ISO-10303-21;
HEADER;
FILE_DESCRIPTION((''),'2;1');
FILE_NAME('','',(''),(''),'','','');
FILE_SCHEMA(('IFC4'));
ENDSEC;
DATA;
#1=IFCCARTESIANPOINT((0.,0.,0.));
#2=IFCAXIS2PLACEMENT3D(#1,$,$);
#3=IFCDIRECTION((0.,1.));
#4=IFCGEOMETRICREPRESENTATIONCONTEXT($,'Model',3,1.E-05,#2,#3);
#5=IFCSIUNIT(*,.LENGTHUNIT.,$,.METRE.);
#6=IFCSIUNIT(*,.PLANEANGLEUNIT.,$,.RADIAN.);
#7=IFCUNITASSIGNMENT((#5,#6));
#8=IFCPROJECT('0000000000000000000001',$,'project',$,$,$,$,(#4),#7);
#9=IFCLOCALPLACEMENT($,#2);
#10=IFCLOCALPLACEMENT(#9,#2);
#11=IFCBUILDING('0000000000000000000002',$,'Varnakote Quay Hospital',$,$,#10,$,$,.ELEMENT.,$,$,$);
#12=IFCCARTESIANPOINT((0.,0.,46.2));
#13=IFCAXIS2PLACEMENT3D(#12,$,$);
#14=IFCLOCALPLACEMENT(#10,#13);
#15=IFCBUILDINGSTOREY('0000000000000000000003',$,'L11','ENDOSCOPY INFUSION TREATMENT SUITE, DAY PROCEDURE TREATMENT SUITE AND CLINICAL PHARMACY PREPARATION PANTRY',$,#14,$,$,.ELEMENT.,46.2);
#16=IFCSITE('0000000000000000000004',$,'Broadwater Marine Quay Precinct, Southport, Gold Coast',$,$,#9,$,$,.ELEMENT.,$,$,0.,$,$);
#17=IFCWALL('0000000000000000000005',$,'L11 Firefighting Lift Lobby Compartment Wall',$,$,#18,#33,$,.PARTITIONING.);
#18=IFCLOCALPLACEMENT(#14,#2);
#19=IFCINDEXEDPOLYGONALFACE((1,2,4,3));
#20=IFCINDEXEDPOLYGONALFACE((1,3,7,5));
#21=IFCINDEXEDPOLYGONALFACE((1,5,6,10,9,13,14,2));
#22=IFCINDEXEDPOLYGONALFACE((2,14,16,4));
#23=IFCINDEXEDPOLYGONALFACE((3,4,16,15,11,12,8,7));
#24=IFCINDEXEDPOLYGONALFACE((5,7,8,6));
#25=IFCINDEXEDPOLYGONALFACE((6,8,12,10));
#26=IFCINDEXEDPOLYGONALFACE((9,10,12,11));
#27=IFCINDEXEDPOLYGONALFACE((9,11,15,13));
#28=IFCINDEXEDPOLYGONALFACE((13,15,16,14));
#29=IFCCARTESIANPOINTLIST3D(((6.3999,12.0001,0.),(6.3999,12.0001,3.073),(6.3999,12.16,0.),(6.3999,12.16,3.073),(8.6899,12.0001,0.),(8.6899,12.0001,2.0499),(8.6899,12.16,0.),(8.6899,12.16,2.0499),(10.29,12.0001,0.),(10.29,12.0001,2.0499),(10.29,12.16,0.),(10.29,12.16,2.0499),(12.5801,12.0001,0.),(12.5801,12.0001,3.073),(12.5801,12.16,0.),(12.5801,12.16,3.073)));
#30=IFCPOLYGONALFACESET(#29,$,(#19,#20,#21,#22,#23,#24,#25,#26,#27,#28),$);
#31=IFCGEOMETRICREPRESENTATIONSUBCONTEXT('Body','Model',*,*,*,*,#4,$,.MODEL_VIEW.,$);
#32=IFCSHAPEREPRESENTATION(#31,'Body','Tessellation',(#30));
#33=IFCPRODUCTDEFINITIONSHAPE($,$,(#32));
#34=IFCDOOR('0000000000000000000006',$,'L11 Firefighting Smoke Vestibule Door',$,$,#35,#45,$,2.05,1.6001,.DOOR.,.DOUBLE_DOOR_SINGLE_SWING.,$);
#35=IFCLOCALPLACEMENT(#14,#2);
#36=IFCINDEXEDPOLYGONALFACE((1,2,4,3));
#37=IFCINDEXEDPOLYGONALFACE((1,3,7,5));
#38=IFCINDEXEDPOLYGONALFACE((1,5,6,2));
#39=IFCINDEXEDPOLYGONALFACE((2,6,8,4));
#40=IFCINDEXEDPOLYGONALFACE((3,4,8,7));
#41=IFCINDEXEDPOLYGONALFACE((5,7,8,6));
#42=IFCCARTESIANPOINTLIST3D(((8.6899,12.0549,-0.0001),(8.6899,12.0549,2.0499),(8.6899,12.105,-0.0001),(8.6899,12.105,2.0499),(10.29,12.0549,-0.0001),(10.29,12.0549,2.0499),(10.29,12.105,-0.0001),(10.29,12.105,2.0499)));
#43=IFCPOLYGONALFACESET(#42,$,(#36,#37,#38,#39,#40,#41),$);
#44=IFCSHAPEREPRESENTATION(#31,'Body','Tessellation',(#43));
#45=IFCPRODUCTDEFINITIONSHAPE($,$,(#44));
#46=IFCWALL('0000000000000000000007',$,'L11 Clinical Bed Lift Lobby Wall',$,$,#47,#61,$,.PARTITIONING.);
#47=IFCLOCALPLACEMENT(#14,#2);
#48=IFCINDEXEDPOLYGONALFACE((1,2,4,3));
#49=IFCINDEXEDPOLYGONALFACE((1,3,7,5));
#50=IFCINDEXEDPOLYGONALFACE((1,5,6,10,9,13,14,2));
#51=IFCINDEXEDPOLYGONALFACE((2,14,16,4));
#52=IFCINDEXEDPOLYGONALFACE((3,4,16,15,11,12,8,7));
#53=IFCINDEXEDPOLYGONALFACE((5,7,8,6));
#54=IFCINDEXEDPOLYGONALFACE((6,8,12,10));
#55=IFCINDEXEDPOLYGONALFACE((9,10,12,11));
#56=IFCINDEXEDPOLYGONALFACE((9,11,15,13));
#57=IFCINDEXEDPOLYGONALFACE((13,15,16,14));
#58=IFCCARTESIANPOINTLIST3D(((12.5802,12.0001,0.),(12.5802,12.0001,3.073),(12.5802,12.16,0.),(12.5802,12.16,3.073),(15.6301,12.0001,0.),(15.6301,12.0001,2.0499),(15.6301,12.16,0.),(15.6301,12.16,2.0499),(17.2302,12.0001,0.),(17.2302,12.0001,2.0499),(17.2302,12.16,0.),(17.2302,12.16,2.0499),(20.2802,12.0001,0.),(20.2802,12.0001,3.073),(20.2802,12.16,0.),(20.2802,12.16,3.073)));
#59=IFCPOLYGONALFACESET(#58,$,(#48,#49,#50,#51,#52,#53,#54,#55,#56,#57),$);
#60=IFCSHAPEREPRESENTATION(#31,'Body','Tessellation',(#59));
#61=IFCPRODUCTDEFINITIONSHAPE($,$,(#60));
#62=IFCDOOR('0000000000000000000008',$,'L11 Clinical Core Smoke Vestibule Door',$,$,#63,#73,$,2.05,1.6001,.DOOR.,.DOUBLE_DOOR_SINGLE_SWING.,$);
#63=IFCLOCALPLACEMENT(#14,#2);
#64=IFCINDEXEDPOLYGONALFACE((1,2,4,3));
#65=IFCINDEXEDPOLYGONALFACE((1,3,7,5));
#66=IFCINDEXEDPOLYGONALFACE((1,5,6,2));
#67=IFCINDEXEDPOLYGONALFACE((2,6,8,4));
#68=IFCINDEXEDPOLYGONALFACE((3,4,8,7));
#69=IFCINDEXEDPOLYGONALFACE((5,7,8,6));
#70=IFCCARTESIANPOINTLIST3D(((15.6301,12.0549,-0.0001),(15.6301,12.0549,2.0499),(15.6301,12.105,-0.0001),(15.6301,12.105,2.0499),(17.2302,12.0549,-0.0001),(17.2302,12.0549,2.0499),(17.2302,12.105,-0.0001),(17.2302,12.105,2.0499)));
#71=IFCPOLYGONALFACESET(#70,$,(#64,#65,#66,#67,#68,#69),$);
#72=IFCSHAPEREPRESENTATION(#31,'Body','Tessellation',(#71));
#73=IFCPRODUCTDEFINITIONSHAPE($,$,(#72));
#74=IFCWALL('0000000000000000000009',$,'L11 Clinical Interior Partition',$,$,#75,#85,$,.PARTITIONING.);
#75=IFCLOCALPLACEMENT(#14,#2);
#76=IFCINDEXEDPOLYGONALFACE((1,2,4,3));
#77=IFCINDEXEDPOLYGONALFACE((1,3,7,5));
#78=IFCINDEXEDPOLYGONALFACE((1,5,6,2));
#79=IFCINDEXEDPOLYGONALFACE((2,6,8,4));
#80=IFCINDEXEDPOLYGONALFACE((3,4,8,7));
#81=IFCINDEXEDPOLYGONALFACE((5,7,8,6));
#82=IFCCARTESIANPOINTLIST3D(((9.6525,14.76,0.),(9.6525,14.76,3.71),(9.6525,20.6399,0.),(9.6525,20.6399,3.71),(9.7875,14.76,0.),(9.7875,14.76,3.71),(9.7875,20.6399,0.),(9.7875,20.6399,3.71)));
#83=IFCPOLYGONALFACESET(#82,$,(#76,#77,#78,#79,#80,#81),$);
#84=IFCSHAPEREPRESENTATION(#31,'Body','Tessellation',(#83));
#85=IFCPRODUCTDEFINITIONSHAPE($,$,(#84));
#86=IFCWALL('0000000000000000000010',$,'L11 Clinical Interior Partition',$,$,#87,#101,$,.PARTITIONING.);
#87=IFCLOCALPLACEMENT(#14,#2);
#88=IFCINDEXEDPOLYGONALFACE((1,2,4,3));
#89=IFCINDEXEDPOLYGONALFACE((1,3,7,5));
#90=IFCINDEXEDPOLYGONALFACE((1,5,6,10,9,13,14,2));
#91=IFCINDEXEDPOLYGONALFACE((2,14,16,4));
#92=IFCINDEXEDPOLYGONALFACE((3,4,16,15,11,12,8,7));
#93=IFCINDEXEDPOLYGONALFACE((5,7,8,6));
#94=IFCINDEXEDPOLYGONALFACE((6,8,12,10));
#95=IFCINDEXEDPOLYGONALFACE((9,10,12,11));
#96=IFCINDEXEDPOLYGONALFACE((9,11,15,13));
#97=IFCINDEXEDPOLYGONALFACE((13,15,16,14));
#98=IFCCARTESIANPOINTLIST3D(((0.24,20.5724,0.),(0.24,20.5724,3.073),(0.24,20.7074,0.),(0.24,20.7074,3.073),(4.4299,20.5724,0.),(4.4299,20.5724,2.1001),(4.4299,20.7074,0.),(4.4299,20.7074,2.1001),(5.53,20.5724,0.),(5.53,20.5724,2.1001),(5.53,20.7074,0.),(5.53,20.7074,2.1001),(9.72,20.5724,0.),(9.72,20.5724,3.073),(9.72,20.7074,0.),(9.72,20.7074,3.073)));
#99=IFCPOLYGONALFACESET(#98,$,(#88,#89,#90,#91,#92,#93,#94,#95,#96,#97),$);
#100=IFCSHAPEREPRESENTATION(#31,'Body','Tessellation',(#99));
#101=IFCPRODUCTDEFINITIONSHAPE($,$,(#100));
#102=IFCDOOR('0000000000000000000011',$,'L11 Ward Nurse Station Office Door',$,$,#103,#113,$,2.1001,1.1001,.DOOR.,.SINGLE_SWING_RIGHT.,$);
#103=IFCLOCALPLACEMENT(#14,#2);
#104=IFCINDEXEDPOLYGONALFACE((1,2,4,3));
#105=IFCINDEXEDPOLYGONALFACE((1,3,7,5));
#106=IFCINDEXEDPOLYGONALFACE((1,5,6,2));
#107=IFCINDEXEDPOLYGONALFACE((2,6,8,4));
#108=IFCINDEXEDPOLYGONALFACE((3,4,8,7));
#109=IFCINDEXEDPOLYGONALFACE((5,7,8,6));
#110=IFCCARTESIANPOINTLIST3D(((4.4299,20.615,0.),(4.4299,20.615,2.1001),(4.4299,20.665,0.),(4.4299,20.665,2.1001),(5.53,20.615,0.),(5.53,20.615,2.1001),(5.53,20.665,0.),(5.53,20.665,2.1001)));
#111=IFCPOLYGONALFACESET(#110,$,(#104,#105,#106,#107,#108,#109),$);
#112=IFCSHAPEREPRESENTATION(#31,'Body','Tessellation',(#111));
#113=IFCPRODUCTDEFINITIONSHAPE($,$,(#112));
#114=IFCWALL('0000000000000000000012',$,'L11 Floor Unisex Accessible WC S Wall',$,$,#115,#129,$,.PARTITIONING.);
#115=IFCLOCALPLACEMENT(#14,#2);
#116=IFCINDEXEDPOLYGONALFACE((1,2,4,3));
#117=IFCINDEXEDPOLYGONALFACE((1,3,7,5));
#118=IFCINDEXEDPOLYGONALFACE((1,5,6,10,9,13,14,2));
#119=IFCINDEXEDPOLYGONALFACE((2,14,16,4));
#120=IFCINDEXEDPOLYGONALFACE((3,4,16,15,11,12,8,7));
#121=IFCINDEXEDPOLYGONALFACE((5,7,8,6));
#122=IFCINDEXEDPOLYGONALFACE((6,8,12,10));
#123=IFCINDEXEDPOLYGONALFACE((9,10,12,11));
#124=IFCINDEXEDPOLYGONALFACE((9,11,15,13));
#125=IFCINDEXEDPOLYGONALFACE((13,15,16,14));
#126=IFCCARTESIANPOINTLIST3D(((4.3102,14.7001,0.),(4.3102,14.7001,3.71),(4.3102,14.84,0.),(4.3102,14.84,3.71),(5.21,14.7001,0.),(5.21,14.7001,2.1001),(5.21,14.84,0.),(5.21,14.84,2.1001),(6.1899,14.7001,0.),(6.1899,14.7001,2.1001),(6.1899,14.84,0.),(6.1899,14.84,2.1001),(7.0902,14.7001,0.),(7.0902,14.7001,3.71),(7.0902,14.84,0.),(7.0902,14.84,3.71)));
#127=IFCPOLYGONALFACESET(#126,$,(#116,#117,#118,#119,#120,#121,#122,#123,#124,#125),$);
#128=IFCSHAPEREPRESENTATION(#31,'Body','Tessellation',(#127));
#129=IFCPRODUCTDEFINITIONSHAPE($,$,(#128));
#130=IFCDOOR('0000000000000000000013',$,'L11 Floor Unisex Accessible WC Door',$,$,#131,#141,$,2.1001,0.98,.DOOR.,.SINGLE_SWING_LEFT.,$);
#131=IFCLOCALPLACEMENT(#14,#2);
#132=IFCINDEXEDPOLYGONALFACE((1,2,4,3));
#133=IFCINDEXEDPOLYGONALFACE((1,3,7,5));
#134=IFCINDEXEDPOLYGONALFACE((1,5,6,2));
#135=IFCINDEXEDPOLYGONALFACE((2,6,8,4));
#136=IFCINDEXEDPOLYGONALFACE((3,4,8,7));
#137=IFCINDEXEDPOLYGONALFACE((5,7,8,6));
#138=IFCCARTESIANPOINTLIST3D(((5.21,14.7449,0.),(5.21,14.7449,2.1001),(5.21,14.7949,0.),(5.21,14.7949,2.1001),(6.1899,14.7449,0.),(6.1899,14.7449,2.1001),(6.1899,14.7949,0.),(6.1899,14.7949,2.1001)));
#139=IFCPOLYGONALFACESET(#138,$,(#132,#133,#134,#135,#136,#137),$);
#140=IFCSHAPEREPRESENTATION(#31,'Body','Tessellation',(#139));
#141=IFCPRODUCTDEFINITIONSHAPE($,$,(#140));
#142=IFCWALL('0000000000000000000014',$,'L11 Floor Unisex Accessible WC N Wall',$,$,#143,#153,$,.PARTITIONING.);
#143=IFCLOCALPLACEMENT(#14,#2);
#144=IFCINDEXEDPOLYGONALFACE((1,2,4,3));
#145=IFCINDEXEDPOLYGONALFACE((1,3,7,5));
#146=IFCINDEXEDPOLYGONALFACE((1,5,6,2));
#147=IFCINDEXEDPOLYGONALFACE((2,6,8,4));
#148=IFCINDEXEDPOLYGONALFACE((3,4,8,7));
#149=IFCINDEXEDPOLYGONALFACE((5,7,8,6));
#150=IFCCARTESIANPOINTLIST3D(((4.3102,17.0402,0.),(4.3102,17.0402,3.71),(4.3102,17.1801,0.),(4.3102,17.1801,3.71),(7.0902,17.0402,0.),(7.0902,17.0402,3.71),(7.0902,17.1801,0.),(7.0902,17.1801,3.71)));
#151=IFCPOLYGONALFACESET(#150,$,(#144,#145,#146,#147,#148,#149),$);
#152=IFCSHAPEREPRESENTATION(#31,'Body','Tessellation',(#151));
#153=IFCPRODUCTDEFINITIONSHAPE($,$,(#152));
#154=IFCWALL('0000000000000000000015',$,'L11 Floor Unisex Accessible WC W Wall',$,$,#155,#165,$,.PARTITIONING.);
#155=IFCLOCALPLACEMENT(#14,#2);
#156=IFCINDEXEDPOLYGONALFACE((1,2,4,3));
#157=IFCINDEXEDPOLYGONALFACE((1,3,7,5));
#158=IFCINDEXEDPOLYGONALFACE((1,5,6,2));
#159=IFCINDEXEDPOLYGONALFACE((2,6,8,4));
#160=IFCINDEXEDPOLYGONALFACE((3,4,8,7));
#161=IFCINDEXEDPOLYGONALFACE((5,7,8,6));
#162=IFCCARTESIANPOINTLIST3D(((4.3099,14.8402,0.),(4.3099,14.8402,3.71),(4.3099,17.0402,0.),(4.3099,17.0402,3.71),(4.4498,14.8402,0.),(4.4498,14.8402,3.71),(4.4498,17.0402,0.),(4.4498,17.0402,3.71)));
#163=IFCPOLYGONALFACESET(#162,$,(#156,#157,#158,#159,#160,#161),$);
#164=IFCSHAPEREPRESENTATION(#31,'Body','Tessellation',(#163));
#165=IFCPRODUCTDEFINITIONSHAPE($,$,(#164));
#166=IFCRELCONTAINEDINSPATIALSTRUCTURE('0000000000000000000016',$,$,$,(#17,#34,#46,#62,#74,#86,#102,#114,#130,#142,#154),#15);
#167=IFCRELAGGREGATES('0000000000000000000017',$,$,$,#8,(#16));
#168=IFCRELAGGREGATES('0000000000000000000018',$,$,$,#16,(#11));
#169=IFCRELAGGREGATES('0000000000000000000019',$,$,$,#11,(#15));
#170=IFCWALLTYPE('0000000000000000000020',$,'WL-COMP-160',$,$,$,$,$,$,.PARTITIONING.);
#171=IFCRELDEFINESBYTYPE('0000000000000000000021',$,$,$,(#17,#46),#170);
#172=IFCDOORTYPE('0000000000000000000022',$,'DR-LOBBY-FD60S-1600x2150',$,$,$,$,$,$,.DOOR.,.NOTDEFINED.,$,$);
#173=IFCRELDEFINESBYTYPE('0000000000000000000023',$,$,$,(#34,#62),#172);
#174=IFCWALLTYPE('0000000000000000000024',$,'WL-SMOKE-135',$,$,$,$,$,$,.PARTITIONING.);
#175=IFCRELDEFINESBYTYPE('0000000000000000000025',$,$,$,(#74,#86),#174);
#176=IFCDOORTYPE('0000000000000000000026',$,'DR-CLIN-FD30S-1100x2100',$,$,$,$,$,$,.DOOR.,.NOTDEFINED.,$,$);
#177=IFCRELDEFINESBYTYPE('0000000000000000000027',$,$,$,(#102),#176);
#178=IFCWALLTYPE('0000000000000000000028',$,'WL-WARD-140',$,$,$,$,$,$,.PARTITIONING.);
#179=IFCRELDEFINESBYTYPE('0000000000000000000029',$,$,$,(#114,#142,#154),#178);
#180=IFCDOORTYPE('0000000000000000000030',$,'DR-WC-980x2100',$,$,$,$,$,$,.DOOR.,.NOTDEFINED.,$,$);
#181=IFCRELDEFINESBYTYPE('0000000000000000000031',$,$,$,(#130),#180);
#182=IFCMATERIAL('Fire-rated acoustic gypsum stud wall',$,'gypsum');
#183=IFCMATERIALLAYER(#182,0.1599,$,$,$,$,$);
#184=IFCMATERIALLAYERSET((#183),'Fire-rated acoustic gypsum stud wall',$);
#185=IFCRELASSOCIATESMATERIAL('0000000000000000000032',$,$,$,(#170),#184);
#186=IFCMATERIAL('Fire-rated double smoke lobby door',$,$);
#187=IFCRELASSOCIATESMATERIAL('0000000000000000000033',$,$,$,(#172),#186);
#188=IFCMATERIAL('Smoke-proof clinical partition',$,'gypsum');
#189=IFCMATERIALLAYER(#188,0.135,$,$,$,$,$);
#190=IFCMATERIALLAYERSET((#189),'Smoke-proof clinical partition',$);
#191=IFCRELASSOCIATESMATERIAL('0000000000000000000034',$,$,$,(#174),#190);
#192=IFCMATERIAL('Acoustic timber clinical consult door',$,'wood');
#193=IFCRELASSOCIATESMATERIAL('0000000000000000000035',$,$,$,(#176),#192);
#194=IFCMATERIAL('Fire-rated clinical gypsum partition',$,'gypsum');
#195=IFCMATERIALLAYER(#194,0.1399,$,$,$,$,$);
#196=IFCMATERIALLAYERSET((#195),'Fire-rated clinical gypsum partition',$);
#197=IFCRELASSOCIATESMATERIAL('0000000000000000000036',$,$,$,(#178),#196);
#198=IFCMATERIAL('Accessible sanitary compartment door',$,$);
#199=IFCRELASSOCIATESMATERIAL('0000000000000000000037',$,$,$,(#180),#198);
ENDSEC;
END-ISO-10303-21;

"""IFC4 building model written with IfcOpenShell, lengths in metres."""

from ifc_helpers import new_model, si_unit, direction, frame, frame_2d, origin, place, context, subcontext, project, spatial, rectangle, extrude, material, layer, layer_set, type_object, element, fill, save


model = new_model("IFC4")

# Units and contexts
model_context = context("Model", 3, precision=1e-05, world=origin(), true_north=direction((0.0, 1.0)))
body_context = subcontext(model_context, "Body", "Model", "MODEL_VIEW")
ifc_project = project(units=[si_unit("LENGTHUNIT", "METRE"), si_unit("PLANEANGLEUNIT", "RADIAN")], contexts=[model_context])

# Site, building, storey
site_placement = place(None, origin())
site = spatial("IfcSite", under=ifc_project, at=site_placement, Name="Broadwater Marine Quay Precinct, Southport, Gold Coast", CompositionType="ELEMENT", RefElevation=0.0)
building_placement = place(site_placement, origin())
building = spatial("IfcBuilding", under=site, at=building_placement, Name="Varnakote Quay Hospital", CompositionType="ELEMENT")
storey_placement = place(building_placement, frame((0.0, 0.0, 46.2)))
storey = spatial("IfcBuildingStorey", under=building, at=storey_placement, Name="L11", Description="ENDOSCOPY INFUSION TREATMENT SUITE, DAY PROCEDURE TREATMENT SUITE AND CLINICAL PHARMACY PREPARATION PANTRY", CompositionType="ELEMENT", Elevation=46.2)

# Walls, openings, doors
ifc_material_1 = material(Name="Fire-rated acoustic gypsum stud wall", Category="gypsum")
ifc_layer_1 = layer(ifc_material_1, 0.1599)
ifc_layer_set_1 = layer_set([ifc_layer_1], Name="Fire-rated acoustic gypsum stud wall")
wall_type_1 = type_object("IfcWallType", Name="WL-COMP-160", PredefinedType="PARTITIONING", material=ifc_layer_set_1)
ifc_material_2 = material(Name="Fire-rated double smoke lobby door")
door_type_1 = type_object("IfcDoorType", Name="DR-LOBBY-FD60S-1600x2150", OperationType="NOTDEFINED", PredefinedType="DOOR", material=ifc_material_2)
wall_1_placement = place(storey_placement, frame((6.3999, 12.0801, 0.0), z_axis=(0.0, 0.0, 1.0), x_axis=(1.0, 0.0, 0.0)))
wall_1 = element("IfcWall", 1, at=wall_1_placement, inside=storey, type_object=wall_type_1, Name="L11 Firefighting Lift Lobby Compartment Wall", PredefinedType="PARTITIONING", context=body_context, shape_type="SweptSolid", body=[
    extrude(rectangle(XDim=6.1802, YDim=0.1599, at=frame_2d((3.0901, 0.0))), origin(), (0.0, 0.0, 1.0), 3.073),
])
opening_1_placement = place(wall_1_placement, frame((2.29, 0.0, 0.0)))
opening_1 = element("IfcOpeningElement", 2, at=opening_1_placement, cuts=wall_1, PredefinedType="OPENING", context=body_context, shape_type="SweptSolid", body=[
    extrude(rectangle(XDim=1.6001, YDim=2.05, at=frame_2d((0.8, 1.0249))), frame((0.0, 0.0898, 0.0), z_axis=(0.0, -1.0, 0.0), x_axis=(1.0, 0.0, 0.0)), (0.0, 0.0, 1.0), 0.1799),
])
door_1_placement = place(opening_1_placement, origin())
door_1 = element("IfcDoor", 3, at=door_1_placement, inside=storey, type_object=door_type_1, Name="L11 Firefighting Smoke Vestibule Door", OperationType="DOUBLE_DOOR_SINGLE_SWING", OverallHeight=2.05, OverallWidth=1.6001, PredefinedType="DOOR", context=body_context, shape_type="SweptSolid", body=[
    extrude(rectangle(XDim=1.6001, YDim=2.05, at=frame_2d((0.8, 1.0249))), frame((0.0, 0.0249, 0.0), z_axis=(0.0, -1.0, 0.0), x_axis=(1.0, 0.0, 0.0)), (0.0, 0.0, 1.0), 0.05),
])
fill(opening_1, door_1)
wall_2_placement = place(storey_placement, frame((12.5801, 12.0801, 0.0), z_axis=(0.0, 0.0, 1.0), x_axis=(1.0, 0.0, 0.0)))
wall_2 = element("IfcWall", 4, at=wall_2_placement, inside=storey, type_object=wall_type_1, Name="L11 Clinical Bed Lift Lobby Wall", PredefinedType="PARTITIONING", context=body_context, shape_type="SweptSolid", body=[
    extrude(rectangle(XDim=7.7, YDim=0.1599, at=frame_2d((3.8501, 0.0))), origin(), (0.0, 0.0, 1.0), 3.073),
])
opening_2_placement = place(wall_2_placement, frame((3.05, 0.0, 0.0)))
opening_2 = element("IfcOpeningElement", 5, at=opening_2_placement, cuts=wall_2, PredefinedType="OPENING", context=body_context, shape_type="SweptSolid", body=[
    extrude(rectangle(XDim=1.6001, YDim=2.05, at=frame_2d((0.8, 1.0249))), frame((0.0, 0.0898, 0.0), z_axis=(0.0, -1.0, 0.0), x_axis=(1.0, 0.0, 0.0)), (0.0, 0.0, 1.0), 0.1799),
])
door_2_placement = place(opening_2_placement, origin())
door_2 = element("IfcDoor", 6, at=door_2_placement, inside=storey, type_object=door_type_1, Name="L11 Clinical Core Smoke Vestibule Door", OperationType="DOUBLE_DOOR_SINGLE_SWING", OverallHeight=2.05, OverallWidth=1.6001, PredefinedType="DOOR", context=body_context, shape_type="SweptSolid", body=[
    extrude(rectangle(XDim=1.6001, YDim=2.05, at=frame_2d((0.8, 1.0249))), frame((0.0, 0.0249, 0.0), z_axis=(0.0, -1.0, 0.0), x_axis=(1.0, 0.0, 0.0)), (0.0, 0.0, 1.0), 0.05),
])
fill(opening_2, door_2)

# Wall
ifc_material_3 = material(Name="Smoke-proof clinical partition", Category="gypsum")
ifc_layer_2 = layer(ifc_material_3, 0.135)
ifc_layer_set_2 = layer_set([ifc_layer_2], Name="Smoke-proof clinical partition")
wall_type_2 = type_object("IfcWallType", Name="WL-SMOKE-135", PredefinedType="PARTITIONING", material=ifc_layer_set_2)
wall_3_placement = place(storey_placement, frame((9.72, 14.76, 0.0), z_axis=(0.0, 0.0, 1.0), x_axis=(0.0, 1.0, 0.0)))
element("IfcWall", 7, at=wall_3_placement, inside=storey, type_object=wall_type_2, Name="L11 Clinical Interior Partition", PredefinedType="PARTITIONING", context=body_context, shape_type="SweptSolid", body=[
    extrude(rectangle(XDim=5.8799, YDim=0.135, at=frame_2d((2.9399, 0.0))), origin(), (0.0, 0.0, 1.0), 3.71),
])

# Walls, openings, doors
wall_4_placement = place(storey_placement, frame((9.72, 20.6399, 0.0), z_axis=(0.0, 0.0, 1.0), x_axis=(-1.0, 0.0, 0.0)))
wall_4 = element("IfcWall", 8, at=wall_4_placement, inside=storey, type_object=wall_type_2, Name="L11 Clinical Interior Partition", PredefinedType="PARTITIONING", context=body_context, shape_type="SweptSolid", body=[
    extrude(rectangle(XDim=9.48, YDim=0.135, at=frame_2d((4.74, 0.0))), origin(), (0.0, 0.0, 1.0), 3.073),
])
opening_3_placement = place(wall_4_placement, frame((4.1899, 0.0, 0.0)))
opening_3 = element("IfcOpeningElement", 9, at=opening_3_placement, cuts=wall_4, PredefinedType="OPENING", context=body_context, shape_type="SweptSolid", body=[
    extrude(rectangle(XDim=1.1001, YDim=2.1001, at=frame_2d((0.55, 1.05))), frame((0.0, 0.0774, 0.0), z_axis=(0.0, -1.0, 0.0), x_axis=(1.0, 0.0, 0.0)), (0.0, 0.0, 1.0), 0.155),
])
ifc_material_4 = material(Name="Acoustic timber clinical consult door", Category="wood")
door_type_2 = type_object("IfcDoorType", Name="DR-CLIN-FD30S-1100x2100", OperationType="NOTDEFINED", PredefinedType="DOOR", material=ifc_material_4)
door_3_placement = place(opening_3_placement, origin())
door_3 = element("IfcDoor", 10, at=door_3_placement, inside=storey, type_object=door_type_2, Name="L11 Ward Nurse Station Office Door", OperationType="SINGLE_SWING_RIGHT", OverallHeight=2.1001, OverallWidth=1.1001, PredefinedType="DOOR", context=body_context, shape_type="SweptSolid", body=[
    extrude(rectangle(XDim=1.1001, YDim=2.1001, at=frame_2d((0.55, 1.05))), frame((0.0, 0.0249, 0.0), z_axis=(0.0, -1.0, 0.0), x_axis=(1.0, 0.0, 0.0)), (0.0, 0.0, 1.0), 0.05),
])
fill(opening_3, door_3)
ifc_material_5 = material(Name="Fire-rated clinical gypsum partition", Category="gypsum")
ifc_layer_3 = layer(ifc_material_5, 0.1399)
ifc_layer_set_3 = layer_set([ifc_layer_3], Name="Fire-rated clinical gypsum partition")
wall_type_3 = type_object("IfcWallType", Name="WL-WARD-140", PredefinedType="PARTITIONING", material=ifc_layer_set_3)
wall_5_placement = place(storey_placement, frame((4.3101, 14.77, 0.0), z_axis=(0.0, 0.0, 1.0), x_axis=(1.0, 0.0, 0.0)))
wall_5 = element("IfcWall", 11, at=wall_5_placement, inside=storey, type_object=wall_type_3, Name="L11 Floor Unisex Accessible WC S Wall", PredefinedType="PARTITIONING", context=body_context, shape_type="SweptSolid", body=[
    extrude(rectangle(XDim=2.78, YDim=0.1399, at=frame_2d((1.3901, 0.0))), origin(), (0.0, 0.0, 1.0), 3.71),
])
opening_4_placement = place(wall_5_placement, frame((0.8999, 0.0, 0.0)))
opening_4 = element("IfcOpeningElement", 12, at=opening_4_placement, cuts=wall_5, PredefinedType="OPENING", context=body_context, shape_type="SweptSolid", body=[
    extrude(rectangle(XDim=0.98, YDim=2.1001, at=frame_2d((0.49, 1.05))), frame((0.0, 0.0798, 0.0), z_axis=(0.0, -1.0, 0.0), x_axis=(1.0, 0.0, 0.0)), (0.0, 0.0, 1.0), 0.1599),
])
ifc_material_6 = material(Name="Accessible sanitary compartment door")
door_type_3 = type_object("IfcDoorType", Name="DR-WC-980x2100", OperationType="NOTDEFINED", PredefinedType="DOOR", material=ifc_material_6)
door_4_placement = place(opening_4_placement, origin())
door_4 = element("IfcDoor", 13, at=door_4_placement, inside=storey, type_object=door_type_3, Name="L11 Floor Unisex Accessible WC Door", OperationType="SINGLE_SWING_LEFT", OverallHeight=2.1001, OverallWidth=0.98, PredefinedType="DOOR", context=body_context, shape_type="SweptSolid", body=[
    extrude(rectangle(XDim=0.98, YDim=2.1001, at=frame_2d((0.49, 1.05))), frame((0.0, 0.0249, 0.0), z_axis=(0.0, -1.0, 0.0), x_axis=(1.0, 0.0, 0.0)), (0.0, 0.0, 1.0), 0.05),
])
fill(opening_4, door_4)

# Walls
wall_6_placement = place(storey_placement, frame((4.3101, 17.1101, 0.0), z_axis=(0.0, 0.0, 1.0), x_axis=(1.0, 0.0, 0.0)))
element("IfcWall", 14, at=wall_6_placement, inside=storey, type_object=wall_type_3, Name="L11 Floor Unisex Accessible WC N Wall", PredefinedType="PARTITIONING", context=body_context, shape_type="SweptSolid", body=[
    extrude(rectangle(XDim=2.78, YDim=0.1399, at=frame_2d((1.3901, 0.0))), origin(), (0.0, 0.0, 1.0), 3.71),
])
for number, where, z_axis, x_axis, name in (
    (15, (4.3799, 14.8401, 0.0), (0.0, 0.0, 1.0), (0.0, 1.0, 0.0), "L11 Floor Unisex Accessible WC W Wall"),
):
    element("IfcWall", number, at=place(storey_placement, frame(where, z_axis=z_axis, x_axis=x_axis)), inside=storey, type_object=wall_type_3, Name=name, PredefinedType="PARTITIONING", context=body_context, shape_type="SweptSolid", body=[
        extrude(rectangle(XDim=2.2, YDim=0.1399, at=frame_2d((1.1001, 0.0))), origin(), (0.0, 0.0, 1.0), 3.71),
    ])

save(model, "model.ifc")
